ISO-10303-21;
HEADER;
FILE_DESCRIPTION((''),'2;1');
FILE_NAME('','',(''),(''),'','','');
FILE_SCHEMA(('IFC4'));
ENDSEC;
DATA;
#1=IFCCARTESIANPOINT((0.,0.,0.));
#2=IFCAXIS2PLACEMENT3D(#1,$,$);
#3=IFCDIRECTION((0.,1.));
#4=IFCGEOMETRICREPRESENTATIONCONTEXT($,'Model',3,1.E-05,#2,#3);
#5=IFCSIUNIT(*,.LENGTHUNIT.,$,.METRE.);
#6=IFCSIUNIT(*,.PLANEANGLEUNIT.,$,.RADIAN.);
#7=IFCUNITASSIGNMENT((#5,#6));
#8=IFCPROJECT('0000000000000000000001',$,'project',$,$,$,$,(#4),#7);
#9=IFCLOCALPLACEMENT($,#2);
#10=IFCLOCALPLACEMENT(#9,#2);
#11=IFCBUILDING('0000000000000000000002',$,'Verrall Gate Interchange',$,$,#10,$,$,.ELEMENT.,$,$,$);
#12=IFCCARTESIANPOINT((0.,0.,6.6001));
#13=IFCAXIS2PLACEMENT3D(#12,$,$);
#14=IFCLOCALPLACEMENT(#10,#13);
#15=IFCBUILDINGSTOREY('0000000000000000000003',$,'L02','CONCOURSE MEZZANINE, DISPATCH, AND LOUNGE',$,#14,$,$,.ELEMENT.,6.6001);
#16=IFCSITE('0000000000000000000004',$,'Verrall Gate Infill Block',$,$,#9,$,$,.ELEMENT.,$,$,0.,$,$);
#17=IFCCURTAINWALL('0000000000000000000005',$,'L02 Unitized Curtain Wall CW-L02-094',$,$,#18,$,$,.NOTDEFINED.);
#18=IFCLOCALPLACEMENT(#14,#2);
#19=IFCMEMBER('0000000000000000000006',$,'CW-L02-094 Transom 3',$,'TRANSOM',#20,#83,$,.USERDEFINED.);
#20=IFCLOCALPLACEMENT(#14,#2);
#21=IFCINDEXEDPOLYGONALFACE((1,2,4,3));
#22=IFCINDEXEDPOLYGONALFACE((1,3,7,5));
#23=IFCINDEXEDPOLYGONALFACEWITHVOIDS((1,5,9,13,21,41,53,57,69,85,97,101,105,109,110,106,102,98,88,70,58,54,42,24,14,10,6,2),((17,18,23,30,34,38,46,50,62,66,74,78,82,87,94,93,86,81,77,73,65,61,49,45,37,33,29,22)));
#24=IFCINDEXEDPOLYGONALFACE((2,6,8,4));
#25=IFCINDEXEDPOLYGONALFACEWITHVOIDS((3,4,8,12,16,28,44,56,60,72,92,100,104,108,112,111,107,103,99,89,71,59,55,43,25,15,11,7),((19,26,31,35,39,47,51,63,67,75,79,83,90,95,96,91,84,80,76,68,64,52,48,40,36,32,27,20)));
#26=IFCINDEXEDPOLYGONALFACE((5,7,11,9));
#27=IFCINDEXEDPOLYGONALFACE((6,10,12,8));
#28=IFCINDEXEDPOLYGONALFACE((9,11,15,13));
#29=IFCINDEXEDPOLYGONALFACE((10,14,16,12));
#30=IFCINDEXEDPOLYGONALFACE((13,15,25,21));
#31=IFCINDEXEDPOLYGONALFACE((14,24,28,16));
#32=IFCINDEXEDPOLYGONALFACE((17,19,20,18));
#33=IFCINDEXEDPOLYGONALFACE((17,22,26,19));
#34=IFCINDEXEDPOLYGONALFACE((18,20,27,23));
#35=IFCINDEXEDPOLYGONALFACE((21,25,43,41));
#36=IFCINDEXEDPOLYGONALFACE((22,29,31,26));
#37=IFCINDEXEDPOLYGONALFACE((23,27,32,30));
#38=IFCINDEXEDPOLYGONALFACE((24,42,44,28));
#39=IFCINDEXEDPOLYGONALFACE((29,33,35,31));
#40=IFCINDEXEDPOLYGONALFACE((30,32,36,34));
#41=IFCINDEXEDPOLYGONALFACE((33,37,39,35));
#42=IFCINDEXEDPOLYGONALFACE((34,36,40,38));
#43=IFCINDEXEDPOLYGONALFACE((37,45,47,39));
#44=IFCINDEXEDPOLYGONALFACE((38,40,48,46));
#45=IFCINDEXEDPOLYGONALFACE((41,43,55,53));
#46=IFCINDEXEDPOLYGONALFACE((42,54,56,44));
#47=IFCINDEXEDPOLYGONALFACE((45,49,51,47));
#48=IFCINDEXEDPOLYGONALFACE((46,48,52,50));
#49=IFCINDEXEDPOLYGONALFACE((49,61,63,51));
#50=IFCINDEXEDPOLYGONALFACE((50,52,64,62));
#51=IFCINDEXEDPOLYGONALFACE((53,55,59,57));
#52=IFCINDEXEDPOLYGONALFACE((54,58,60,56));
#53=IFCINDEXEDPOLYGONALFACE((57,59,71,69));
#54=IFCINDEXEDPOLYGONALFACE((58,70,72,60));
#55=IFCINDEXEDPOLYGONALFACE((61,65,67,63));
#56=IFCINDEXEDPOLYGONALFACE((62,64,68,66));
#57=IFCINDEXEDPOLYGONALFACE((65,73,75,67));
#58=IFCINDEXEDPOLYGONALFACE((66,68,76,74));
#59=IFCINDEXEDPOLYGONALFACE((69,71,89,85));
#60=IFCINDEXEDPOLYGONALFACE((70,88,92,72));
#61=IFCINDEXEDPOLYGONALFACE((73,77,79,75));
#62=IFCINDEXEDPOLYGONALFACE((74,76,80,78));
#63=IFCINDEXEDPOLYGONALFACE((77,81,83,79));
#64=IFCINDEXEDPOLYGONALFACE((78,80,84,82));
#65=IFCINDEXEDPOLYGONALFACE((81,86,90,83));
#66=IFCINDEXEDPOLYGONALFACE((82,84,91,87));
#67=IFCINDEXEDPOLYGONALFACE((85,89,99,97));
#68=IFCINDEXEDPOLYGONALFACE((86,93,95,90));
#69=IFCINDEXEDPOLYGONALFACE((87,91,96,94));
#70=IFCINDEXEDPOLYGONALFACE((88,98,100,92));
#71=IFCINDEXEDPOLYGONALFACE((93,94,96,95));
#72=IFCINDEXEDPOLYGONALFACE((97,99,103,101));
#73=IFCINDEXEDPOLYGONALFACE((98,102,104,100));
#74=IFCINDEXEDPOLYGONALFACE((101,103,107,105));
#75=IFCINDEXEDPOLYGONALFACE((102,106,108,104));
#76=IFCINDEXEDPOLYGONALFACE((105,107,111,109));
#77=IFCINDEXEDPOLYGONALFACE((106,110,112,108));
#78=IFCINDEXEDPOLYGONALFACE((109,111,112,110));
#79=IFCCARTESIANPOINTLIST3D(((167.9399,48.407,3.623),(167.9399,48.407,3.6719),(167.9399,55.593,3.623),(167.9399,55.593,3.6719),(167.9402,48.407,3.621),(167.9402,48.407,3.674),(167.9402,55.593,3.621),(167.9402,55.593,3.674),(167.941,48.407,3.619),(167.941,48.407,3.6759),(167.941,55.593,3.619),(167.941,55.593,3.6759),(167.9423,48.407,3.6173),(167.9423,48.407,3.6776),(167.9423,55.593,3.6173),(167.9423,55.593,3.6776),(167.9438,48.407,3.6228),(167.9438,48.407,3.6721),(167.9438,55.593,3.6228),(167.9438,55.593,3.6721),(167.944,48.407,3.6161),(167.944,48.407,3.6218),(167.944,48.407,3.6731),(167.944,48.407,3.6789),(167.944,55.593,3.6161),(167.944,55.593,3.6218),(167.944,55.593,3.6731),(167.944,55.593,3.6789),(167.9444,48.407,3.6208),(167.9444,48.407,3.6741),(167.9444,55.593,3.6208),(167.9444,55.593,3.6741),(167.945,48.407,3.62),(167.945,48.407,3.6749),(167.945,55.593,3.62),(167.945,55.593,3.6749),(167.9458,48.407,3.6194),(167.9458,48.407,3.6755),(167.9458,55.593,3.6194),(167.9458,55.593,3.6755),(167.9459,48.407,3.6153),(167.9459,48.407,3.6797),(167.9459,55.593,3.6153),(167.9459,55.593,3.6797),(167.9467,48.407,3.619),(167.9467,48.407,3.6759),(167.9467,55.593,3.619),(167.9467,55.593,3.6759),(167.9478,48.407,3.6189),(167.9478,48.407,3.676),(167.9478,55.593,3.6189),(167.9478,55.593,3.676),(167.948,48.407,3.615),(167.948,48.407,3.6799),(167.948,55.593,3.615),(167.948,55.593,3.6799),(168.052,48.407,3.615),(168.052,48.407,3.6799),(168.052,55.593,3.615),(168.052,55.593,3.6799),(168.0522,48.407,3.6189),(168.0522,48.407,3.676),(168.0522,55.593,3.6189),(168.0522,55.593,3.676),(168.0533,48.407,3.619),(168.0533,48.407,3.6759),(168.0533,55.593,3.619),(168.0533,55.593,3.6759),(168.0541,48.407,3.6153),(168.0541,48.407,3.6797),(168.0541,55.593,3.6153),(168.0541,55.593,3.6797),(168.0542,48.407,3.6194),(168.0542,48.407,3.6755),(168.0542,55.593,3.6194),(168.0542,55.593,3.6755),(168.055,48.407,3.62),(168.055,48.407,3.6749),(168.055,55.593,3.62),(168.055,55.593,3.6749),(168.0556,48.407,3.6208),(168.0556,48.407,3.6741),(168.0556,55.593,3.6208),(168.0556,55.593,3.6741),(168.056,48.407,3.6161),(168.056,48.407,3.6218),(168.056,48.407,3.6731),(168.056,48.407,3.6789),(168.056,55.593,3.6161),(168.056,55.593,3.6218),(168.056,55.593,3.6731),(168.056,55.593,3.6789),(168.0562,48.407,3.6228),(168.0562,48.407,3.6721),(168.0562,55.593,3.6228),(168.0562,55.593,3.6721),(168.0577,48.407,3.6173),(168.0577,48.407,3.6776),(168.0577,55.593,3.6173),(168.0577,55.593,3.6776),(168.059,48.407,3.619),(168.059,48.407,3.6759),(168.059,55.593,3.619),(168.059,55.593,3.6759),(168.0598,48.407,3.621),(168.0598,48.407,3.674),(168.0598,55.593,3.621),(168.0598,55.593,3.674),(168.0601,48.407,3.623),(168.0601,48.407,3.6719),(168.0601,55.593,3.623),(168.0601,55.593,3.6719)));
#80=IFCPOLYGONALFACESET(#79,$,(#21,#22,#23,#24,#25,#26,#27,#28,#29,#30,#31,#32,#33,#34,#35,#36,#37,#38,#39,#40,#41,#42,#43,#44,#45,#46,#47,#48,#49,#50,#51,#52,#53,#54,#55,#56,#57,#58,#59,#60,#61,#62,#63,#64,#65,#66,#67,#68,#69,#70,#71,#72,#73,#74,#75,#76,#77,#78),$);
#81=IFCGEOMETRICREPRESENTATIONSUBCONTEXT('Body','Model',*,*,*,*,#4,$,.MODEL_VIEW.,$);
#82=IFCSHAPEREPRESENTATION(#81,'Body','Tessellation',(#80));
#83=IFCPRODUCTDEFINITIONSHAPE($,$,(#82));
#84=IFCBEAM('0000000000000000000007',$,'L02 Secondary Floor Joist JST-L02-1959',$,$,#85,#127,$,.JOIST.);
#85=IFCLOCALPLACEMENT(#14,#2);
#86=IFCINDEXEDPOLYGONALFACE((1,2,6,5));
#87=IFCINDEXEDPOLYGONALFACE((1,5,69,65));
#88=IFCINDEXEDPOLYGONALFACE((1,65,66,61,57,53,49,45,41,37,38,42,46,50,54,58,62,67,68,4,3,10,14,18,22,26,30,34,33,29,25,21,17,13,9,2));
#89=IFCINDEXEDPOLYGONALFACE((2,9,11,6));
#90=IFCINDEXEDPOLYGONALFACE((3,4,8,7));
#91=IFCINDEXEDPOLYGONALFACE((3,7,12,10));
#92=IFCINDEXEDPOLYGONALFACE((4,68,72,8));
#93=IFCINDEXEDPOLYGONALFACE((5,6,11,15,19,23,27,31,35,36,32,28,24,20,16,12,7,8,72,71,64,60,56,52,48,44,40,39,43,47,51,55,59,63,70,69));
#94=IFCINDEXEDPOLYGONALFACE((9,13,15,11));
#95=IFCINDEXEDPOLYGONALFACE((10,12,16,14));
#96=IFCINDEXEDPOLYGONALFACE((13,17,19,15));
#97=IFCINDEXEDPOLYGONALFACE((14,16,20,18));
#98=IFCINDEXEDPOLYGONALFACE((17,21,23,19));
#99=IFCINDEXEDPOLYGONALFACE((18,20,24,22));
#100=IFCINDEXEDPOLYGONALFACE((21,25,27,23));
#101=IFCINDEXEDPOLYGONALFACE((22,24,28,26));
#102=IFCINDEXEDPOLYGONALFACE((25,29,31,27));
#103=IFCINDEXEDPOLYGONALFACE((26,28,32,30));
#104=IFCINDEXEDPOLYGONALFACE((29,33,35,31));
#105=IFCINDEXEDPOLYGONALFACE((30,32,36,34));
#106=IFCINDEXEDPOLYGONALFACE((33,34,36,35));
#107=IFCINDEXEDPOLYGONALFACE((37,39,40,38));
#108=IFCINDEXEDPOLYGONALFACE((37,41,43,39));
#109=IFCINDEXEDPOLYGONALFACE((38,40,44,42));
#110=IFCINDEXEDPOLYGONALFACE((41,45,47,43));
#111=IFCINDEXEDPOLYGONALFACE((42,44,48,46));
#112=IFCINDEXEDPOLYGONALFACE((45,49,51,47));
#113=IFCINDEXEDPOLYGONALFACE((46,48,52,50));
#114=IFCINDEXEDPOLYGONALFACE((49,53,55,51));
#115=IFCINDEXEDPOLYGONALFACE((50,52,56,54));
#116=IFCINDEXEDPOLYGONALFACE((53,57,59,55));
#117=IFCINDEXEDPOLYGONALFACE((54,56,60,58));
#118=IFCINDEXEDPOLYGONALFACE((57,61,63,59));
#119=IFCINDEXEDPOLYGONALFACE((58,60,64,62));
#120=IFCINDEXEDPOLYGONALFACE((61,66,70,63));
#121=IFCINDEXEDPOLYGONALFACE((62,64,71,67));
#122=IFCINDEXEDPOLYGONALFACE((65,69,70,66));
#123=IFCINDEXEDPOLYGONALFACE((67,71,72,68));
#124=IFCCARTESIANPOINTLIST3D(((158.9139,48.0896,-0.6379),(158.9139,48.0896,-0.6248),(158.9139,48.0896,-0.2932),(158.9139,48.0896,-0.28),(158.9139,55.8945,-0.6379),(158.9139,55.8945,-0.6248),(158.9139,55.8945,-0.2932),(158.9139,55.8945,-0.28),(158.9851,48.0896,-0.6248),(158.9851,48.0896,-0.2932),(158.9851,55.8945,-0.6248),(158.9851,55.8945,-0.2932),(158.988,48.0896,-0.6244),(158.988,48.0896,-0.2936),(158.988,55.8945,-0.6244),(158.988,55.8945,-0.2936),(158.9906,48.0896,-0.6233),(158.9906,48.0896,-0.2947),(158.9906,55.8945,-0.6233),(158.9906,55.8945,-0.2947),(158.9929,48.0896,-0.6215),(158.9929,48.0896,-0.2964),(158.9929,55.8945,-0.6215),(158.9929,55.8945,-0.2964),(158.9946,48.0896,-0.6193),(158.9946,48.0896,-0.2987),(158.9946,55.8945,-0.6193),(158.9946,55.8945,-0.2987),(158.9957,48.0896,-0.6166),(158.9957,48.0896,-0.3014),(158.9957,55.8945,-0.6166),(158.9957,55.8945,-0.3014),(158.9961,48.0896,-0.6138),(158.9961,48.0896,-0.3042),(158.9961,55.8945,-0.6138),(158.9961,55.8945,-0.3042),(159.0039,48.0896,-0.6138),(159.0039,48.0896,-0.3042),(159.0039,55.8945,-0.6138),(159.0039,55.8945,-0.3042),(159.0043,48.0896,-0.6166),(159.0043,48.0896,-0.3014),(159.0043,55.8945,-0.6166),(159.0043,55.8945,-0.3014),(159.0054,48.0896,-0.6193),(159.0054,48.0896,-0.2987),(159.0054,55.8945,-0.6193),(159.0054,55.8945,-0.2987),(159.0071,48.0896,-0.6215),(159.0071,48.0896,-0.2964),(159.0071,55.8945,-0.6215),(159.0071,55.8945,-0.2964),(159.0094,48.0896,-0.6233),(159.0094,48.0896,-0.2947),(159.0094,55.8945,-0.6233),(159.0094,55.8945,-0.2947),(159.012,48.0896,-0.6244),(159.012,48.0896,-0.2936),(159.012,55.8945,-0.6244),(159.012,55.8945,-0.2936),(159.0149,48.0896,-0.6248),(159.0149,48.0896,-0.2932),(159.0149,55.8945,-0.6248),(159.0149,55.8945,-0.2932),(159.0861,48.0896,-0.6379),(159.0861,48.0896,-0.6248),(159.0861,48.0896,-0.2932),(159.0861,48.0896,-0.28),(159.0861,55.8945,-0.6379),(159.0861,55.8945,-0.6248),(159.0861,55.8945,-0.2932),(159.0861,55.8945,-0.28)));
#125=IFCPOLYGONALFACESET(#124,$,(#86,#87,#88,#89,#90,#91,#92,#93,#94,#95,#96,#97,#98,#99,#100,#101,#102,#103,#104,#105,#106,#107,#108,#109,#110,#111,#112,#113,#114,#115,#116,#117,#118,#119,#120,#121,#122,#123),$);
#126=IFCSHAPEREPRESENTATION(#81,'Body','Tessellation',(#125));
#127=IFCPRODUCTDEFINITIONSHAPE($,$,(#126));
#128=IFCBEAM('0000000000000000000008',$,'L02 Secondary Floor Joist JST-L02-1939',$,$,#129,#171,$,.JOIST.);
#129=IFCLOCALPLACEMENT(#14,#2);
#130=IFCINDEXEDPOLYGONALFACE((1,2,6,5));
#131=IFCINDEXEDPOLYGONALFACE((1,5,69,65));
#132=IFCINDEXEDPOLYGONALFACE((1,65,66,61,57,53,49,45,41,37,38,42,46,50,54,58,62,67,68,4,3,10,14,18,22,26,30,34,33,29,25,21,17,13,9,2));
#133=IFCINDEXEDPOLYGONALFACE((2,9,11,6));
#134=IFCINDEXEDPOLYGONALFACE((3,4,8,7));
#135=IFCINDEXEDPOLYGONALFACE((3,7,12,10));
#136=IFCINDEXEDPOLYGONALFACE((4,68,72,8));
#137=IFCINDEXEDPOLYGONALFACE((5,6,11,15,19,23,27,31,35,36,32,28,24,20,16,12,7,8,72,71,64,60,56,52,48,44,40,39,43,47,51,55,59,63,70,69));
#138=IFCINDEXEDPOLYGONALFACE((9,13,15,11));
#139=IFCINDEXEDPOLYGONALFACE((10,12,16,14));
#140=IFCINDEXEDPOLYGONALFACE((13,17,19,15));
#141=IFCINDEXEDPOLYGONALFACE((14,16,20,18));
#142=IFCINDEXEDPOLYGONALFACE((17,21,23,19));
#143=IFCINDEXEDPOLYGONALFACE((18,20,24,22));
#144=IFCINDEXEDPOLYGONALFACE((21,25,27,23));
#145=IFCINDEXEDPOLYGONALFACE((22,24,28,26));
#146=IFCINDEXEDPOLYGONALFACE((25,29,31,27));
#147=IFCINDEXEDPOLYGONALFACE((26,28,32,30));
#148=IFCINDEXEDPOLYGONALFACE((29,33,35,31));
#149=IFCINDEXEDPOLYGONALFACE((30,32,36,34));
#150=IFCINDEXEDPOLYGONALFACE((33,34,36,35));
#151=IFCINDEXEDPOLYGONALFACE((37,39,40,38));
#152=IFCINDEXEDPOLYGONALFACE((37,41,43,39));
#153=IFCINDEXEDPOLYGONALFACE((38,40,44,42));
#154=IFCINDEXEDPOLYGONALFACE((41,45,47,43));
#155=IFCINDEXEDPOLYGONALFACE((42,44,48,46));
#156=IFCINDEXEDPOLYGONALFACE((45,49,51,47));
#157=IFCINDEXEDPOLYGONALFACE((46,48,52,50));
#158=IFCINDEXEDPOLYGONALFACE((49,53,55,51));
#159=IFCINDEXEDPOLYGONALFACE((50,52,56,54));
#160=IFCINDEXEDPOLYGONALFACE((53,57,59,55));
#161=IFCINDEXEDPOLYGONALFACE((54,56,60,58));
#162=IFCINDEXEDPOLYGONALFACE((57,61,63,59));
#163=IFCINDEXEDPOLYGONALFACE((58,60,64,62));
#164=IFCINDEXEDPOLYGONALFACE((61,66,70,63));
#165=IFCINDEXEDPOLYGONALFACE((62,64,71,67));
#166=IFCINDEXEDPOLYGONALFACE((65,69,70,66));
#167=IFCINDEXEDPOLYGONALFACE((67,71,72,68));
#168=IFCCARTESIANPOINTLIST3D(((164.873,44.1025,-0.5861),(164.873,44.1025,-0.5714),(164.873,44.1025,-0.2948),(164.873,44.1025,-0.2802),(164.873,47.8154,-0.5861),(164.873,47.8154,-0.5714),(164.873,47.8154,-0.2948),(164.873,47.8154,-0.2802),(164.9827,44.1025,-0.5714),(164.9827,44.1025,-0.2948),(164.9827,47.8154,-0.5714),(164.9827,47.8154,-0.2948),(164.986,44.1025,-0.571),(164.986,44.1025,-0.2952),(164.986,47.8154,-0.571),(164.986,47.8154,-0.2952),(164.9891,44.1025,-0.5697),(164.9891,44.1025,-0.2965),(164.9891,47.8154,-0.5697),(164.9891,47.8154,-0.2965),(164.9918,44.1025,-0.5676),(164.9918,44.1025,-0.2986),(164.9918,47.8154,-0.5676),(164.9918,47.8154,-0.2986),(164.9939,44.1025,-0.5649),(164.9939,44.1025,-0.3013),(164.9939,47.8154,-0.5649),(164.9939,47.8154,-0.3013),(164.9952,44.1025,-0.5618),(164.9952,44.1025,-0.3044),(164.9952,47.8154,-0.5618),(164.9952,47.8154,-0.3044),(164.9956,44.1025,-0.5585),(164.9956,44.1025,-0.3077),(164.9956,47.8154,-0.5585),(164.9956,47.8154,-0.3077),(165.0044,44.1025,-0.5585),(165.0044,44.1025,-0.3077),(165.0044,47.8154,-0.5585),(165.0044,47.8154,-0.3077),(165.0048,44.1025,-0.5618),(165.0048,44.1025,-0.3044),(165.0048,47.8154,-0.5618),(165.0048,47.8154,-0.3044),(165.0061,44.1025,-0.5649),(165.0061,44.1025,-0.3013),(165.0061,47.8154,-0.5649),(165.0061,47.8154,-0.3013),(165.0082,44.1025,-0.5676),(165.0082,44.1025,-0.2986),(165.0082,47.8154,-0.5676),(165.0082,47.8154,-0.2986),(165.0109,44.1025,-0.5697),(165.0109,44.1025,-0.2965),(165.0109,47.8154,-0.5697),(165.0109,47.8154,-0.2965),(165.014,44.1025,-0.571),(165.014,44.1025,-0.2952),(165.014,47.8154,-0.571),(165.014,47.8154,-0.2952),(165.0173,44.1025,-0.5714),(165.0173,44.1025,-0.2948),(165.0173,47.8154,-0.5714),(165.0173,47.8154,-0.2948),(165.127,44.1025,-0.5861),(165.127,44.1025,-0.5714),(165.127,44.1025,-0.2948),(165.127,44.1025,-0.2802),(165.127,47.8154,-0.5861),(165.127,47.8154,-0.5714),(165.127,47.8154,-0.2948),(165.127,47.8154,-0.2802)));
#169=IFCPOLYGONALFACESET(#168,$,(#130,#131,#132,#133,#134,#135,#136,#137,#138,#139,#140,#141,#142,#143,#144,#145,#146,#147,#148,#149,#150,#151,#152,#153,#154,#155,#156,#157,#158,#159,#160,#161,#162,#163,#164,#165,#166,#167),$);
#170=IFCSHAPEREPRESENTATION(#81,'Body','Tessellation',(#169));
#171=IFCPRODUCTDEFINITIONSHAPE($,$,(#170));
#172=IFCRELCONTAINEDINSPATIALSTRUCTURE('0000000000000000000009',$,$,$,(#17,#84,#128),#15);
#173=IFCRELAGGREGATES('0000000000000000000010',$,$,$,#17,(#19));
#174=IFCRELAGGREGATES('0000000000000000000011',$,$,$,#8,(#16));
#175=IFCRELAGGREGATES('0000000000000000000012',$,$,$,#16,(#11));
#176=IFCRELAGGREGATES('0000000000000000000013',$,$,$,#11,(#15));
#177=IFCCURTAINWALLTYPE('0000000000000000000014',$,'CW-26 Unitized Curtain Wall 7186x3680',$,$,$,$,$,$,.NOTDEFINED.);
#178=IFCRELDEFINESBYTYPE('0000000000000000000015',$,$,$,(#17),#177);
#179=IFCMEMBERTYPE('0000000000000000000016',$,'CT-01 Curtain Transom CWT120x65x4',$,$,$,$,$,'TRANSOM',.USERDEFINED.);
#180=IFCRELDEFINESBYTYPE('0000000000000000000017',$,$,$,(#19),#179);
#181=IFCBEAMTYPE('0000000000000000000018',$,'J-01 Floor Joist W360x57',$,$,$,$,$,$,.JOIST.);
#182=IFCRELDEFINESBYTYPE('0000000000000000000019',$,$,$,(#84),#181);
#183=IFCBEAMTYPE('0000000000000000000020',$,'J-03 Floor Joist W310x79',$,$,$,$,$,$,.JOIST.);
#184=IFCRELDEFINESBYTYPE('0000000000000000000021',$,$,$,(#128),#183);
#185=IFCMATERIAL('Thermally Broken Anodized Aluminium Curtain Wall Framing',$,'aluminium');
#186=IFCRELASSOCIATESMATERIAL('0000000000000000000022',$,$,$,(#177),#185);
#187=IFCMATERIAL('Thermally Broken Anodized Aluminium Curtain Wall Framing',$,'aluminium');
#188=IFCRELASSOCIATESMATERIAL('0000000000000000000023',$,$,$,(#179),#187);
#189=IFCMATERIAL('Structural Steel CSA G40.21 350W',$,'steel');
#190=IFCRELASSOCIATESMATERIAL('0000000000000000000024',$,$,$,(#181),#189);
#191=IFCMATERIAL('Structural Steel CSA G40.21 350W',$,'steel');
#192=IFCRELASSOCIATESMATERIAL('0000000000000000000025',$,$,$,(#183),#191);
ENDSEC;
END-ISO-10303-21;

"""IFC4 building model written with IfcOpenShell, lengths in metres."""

from ifc_helpers import new_model, si_unit, direction, frame, origin, origin_2d, place, context, subcontext, project, spatial, hollow_rectangle, i_section, extrude, material, material_profile, profile_set, type_object, element, aggregate, save


model = new_model("IFC4")

# Units and contexts
model_context = context("Model", 3, precision=1e-05, world=origin(), true_north=direction((0.0, 1.0)))
body_context = subcontext(model_context, "Body", "Model", "MODEL_VIEW")
ifc_project = project(units=[si_unit("LENGTHUNIT", "METRE"), si_unit("PLANEANGLEUNIT", "RADIAN")], contexts=[model_context])

# Site, building, storey
site_placement = place(None, origin())
site = spatial("IfcSite", under=ifc_project, at=site_placement, Name="Verrall Gate Infill Block", CompositionType="ELEMENT", RefElevation=0.0)
building_placement = place(site_placement, origin())
building = spatial("IfcBuilding", under=site, at=building_placement, Name="Verrall Gate Interchange", CompositionType="ELEMENT")
storey_placement = place(building_placement, frame((0.0, 0.0, 6.6001)))
storey = spatial("IfcBuildingStorey", under=building, at=storey_placement, Name="L02", Description="CONCOURSE MEZZANINE, DISPATCH, AND LOUNGE", CompositionType="ELEMENT", Elevation=6.6001)

# Curtain wall, member
ifc_material_1 = material(Name="Thermally Broken Anodized Aluminium Curtain Wall Framing", Category="aluminium")
curtain_wall_type = type_object("IfcCurtainWallType", Name="CW-26 Unitized Curtain Wall 7186x3680", PredefinedType="NOTDEFINED", material=ifc_material_1)
curtain_wall_placement = place(storey_placement, origin())
curtain_wall = element("IfcCurtainWall", 1, at=curtain_wall_placement, inside=storey, type_object=curtain_wall_type, Name="L02 Unitized Curtain Wall CW-L02-094", PredefinedType="NOTDEFINED")
ifc_material_2 = material(Name="Thermally Broken Anodized Aluminium Curtain Wall Framing", Category="aluminium")
ifc_material_profile_1 = material_profile(ifc_material_2, hollow_rectangle(XDim=0.1201, YDim=0.0649, WallThickness=0.0039, InnerFilletRadius=0.0039, OuterFilletRadius=0.0081, at=origin_2d()), Name="CWT120x65x4")
ifc_profile_set_1 = profile_set([ifc_material_profile_1], Name="Thermally Broken Anodized Aluminium Curtain Wall Framing")
member_type_1 = type_object("IfcMemberType", Name="CT-01 Curtain Transom CWT120x65x4", ElementType="TRANSOM", PredefinedType="USERDEFINED", material=ifc_profile_set_1)
member_1_placement = place(storey_placement, frame((168.0, 48.407, 3.6475), z_axis=(0.0, 1.0, 0.0), x_axis=(-1.0, 0.0, 0.0)))
member_1 = element("IfcMember", 2, at=member_1_placement, type_object=member_type_1, Name="CW-L02-094 Transom 3", ObjectType="TRANSOM", PredefinedType="USERDEFINED", context=body_context, shape_type="SweptSolid", body=[
    extrude(hollow_rectangle(XDim=0.1201, YDim=0.0649, WallThickness=0.0039, InnerFilletRadius=0.0039, OuterFilletRadius=0.0081, at=origin_2d()), origin(), (0.0, 0.0, 1.0), 7.186),
])

# Beams
ifc_material_3 = material(Name="Structural Steel CSA G40.21 350W", Category="steel")
ifc_material_profile_2 = material_profile(ifc_material_3, i_section(OverallWidth=0.1721, OverallDepth=0.3579, WebThickness=0.0078, FlangeThickness=0.0132, FilletRadius=0.011, at=origin_2d()), Name="W360x57")
ifc_profile_set_2 = profile_set([ifc_material_profile_2], Name="Structural Steel CSA G40.21 350W")
beam_type_1 = type_object("IfcBeamType", Name="J-01 Floor Joist W360x57", PredefinedType="JOIST", material=ifc_profile_set_2)
beam_1_placement = place(storey_placement, frame((159.0, 48.0896, -0.459), z_axis=(0.0, 1.0, 0.0), x_axis=(-1.0, 0.0, 0.0)))
element("IfcBeam", 3, at=beam_1_placement, inside=storey, type_object=beam_type_1, Name="L02 Secondary Floor Joist JST-L02-1959", PredefinedType="JOIST", context=body_context, shape_type="SweptSolid", body=[
    extrude(i_section(OverallWidth=0.1721, OverallDepth=0.3579, WebThickness=0.0078, FlangeThickness=0.0132, FilletRadius=0.011, at=origin_2d()), origin(), (0.0, 0.0, 1.0), 7.8049),
])
ifc_material_4 = material(Name="Structural Steel CSA G40.21 350W", Category="steel")
ifc_material_profile_3 = material_profile(ifc_material_4, i_section(OverallWidth=0.2539, OverallDepth=0.3059, WebThickness=0.0088, FlangeThickness=0.0146, FilletRadius=0.0129, at=origin_2d()), Name="W310x79")
ifc_profile_set_3 = profile_set([ifc_material_profile_3], Name="Structural Steel CSA G40.21 350W")
beam_type_2 = type_object("IfcBeamType", Name="J-03 Floor Joist W310x79", PredefinedType="JOIST", material=ifc_profile_set_3)
beam_2_placement = place(storey_placement, frame((165.0, 44.1025, -0.4331), z_axis=(0.0, 1.0, 0.0), x_axis=(-1.0, 0.0, 0.0)))
element("IfcBeam", 4, at=beam_2_placement, inside=storey, type_object=beam_type_2, Name="L02 Secondary Floor Joist JST-L02-1939", PredefinedType="JOIST", context=body_context, shape_type="SweptSolid", body=[
    extrude(i_section(OverallWidth=0.2539, OverallDepth=0.3059, WebThickness=0.0088, FlangeThickness=0.0146, FilletRadius=0.0129, at=origin_2d()), origin(), (0.0, 0.0, 1.0), 3.7129),
])

aggregate(curtain_wall, [member_1])

save(model, "model.ifc")
